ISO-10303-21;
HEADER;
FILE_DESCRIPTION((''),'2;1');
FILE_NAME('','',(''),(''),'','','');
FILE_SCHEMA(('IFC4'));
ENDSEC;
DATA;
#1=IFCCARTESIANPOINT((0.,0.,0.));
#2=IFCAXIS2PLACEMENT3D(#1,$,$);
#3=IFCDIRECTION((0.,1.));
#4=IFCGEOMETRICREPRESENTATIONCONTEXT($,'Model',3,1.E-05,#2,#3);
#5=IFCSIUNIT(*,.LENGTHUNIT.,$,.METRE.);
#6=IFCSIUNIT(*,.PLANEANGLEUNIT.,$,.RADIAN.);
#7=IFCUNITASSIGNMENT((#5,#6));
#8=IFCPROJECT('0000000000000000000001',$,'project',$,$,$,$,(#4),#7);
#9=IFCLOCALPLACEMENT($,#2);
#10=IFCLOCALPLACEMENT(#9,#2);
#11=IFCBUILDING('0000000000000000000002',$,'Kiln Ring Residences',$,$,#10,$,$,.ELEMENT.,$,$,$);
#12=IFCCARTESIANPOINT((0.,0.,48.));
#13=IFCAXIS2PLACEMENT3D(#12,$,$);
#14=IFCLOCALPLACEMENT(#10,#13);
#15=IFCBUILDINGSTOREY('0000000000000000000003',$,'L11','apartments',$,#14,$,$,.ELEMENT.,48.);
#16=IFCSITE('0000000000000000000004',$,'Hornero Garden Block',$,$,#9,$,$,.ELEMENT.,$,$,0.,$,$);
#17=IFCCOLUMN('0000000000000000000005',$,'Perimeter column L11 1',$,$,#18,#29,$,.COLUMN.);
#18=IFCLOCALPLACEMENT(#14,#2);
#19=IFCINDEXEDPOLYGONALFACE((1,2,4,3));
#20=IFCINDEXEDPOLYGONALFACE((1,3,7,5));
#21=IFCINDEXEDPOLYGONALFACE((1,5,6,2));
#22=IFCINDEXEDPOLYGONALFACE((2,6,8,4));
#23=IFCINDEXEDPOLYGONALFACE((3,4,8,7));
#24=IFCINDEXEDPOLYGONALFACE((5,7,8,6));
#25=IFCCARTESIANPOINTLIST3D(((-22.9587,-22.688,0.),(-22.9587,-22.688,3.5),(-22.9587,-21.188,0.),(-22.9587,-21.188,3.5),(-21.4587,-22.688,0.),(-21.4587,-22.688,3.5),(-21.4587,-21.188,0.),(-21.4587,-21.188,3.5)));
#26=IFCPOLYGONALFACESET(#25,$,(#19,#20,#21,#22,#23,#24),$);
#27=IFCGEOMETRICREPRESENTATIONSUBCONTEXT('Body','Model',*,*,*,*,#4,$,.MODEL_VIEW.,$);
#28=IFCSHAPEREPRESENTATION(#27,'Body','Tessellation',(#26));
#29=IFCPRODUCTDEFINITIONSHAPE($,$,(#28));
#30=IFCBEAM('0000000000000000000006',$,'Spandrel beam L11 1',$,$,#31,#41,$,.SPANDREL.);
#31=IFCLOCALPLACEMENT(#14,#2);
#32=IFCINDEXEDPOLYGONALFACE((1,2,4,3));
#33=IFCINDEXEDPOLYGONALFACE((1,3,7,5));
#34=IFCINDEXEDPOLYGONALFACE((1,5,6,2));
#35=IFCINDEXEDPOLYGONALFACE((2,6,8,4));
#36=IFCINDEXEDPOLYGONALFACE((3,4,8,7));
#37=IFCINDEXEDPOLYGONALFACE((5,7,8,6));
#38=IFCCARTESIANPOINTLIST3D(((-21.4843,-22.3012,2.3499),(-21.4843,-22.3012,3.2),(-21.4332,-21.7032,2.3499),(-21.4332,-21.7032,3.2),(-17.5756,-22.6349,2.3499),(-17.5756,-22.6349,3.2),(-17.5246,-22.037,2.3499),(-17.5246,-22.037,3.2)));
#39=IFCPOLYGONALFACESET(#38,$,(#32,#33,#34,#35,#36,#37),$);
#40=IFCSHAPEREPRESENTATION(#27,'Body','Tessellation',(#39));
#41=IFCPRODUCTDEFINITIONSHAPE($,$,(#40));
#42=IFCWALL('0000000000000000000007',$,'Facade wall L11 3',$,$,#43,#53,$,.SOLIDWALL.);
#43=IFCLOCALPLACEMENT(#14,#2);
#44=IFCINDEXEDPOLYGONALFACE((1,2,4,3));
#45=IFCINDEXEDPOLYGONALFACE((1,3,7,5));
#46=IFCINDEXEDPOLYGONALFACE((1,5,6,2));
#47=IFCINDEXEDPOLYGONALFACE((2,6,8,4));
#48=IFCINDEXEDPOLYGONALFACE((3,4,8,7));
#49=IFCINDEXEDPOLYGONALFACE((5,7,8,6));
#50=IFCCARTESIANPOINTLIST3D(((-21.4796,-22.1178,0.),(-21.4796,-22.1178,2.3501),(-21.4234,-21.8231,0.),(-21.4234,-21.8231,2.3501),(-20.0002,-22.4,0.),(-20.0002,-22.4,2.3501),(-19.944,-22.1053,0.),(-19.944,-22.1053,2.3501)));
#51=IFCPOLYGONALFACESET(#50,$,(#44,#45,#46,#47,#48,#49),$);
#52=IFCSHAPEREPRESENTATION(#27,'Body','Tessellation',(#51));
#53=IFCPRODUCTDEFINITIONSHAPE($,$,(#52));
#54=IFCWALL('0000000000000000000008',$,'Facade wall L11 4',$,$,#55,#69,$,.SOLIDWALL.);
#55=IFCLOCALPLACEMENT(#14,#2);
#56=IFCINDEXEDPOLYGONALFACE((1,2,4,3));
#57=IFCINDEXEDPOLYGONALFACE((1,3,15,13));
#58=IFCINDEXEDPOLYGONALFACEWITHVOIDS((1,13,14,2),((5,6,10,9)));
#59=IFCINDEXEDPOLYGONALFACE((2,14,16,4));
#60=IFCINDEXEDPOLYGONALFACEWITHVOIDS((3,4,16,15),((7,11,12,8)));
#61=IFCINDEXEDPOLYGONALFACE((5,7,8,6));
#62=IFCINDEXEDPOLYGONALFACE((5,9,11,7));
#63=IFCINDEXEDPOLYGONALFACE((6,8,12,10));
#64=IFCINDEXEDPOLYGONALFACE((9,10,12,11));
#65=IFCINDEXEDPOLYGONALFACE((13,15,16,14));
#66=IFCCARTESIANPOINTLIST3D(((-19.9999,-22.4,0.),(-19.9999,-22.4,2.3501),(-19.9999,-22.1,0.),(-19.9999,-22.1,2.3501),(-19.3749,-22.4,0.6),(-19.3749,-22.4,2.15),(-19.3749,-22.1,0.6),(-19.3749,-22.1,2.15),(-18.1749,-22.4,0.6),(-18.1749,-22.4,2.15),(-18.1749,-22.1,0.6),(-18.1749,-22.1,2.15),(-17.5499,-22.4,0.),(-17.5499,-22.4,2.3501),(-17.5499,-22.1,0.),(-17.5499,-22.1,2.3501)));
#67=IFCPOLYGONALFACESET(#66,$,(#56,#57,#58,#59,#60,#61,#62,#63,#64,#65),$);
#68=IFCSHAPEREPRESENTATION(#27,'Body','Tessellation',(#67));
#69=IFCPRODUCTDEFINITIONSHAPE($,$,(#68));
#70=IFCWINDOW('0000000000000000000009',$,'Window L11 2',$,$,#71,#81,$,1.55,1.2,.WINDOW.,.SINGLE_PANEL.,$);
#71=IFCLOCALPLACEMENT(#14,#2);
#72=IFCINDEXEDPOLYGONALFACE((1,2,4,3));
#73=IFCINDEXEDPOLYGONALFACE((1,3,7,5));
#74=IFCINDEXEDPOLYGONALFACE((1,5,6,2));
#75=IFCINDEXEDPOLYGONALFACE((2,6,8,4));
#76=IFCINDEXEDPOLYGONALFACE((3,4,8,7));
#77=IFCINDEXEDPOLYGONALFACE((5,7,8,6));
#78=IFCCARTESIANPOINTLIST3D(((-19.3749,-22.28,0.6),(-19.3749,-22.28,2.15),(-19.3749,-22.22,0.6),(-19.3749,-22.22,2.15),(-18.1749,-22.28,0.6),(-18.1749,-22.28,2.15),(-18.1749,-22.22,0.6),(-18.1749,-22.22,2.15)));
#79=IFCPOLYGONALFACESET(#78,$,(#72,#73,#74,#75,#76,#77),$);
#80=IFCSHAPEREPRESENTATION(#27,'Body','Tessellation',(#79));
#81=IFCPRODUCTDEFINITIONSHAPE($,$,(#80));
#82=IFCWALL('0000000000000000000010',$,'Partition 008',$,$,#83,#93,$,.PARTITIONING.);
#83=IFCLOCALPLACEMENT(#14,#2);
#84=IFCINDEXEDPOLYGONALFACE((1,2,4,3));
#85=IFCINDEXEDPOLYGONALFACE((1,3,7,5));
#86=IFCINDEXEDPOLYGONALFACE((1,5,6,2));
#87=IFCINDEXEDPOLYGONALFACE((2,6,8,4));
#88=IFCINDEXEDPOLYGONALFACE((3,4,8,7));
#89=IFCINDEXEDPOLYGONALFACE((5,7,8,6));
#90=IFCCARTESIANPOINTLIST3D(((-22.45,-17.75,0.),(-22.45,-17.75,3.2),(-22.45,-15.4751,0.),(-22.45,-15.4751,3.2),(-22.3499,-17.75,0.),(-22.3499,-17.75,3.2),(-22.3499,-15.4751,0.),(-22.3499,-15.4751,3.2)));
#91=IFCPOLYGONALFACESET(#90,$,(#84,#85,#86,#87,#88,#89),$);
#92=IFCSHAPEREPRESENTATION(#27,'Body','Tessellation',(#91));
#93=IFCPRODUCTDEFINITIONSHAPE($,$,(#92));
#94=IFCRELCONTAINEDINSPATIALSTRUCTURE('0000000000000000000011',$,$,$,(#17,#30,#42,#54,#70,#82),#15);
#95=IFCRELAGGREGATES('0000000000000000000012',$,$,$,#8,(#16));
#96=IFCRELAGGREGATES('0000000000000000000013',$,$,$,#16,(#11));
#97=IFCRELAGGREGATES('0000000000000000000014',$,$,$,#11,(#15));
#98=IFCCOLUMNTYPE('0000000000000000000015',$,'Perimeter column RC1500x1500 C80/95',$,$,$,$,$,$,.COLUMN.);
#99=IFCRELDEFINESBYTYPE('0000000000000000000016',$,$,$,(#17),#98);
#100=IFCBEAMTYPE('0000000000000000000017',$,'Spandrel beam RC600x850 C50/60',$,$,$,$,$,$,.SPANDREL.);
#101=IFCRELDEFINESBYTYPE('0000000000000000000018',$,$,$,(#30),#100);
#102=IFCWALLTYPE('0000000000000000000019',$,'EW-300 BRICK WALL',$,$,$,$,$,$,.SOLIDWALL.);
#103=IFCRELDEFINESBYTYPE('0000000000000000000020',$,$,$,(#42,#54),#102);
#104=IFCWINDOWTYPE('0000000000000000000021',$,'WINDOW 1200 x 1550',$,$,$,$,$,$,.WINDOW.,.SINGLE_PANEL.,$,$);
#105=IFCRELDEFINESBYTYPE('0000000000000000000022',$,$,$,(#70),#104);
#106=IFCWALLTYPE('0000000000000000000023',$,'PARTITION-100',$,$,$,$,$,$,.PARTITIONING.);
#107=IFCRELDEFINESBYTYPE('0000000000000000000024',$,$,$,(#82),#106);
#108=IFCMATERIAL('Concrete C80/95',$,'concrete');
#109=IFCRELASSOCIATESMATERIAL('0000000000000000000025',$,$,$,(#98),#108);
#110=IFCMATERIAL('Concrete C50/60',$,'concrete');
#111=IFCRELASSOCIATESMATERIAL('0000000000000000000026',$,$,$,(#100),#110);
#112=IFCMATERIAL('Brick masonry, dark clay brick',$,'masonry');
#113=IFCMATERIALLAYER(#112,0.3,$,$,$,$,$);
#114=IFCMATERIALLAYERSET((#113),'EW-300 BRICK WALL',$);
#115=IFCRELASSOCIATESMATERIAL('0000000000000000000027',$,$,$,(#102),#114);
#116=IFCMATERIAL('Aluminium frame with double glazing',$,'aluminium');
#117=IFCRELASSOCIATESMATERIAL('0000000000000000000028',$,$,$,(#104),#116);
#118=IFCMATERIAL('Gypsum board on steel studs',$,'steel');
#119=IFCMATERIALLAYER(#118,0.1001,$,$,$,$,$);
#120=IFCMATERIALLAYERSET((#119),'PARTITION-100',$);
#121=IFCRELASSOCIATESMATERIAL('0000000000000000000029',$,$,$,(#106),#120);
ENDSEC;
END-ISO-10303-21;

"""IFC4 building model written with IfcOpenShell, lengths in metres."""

from ifc_helpers import new_model, si_unit, direction, frame, frame_2d, origin, origin_2d, place, context, subcontext, project, spatial, rectangle, extrude, material, layer, layer_set, material_profile, profile_set, type_object, element, fill, save


model = new_model("IFC4")

# Units and contexts
model_context = context("Model", 3, precision=1e-05, world=origin(), true_north=direction((0.0, 1.0)))
body_context = subcontext(model_context, "Body", "Model", "MODEL_VIEW")
ifc_project = project(units=[si_unit("LENGTHUNIT", "METRE"), si_unit("PLANEANGLEUNIT", "RADIAN")], contexts=[model_context])

# Site, building, storey
site_placement = place(None, origin())
site = spatial("IfcSite", under=ifc_project, at=site_placement, Name="Hornero Garden Block", CompositionType="ELEMENT", RefElevation=0.0)
building_placement = place(site_placement, origin())
building = spatial("IfcBuilding", under=site, at=building_placement, Name="Kiln Ring Residences", CompositionType="ELEMENT")
storey_placement = place(building_placement, frame((0.0, 0.0, 48.0)))
storey = spatial("IfcBuildingStorey", under=building, at=storey_placement, Name="L11", Description="apartments", CompositionType="ELEMENT", Elevation=48.0)

# Column
ifc_material_1 = material(Name="Concrete C80/95", Category="concrete")
ifc_material_profile_1 = material_profile(ifc_material_1, rectangle(XDim=1.5, YDim=1.5, at=origin_2d()), Name="RC1500x1500")
ifc_profile_set_1 = profile_set([ifc_material_profile_1], Name="Concrete C80/95")
column_type = type_object("IfcColumnType", Name="Perimeter column RC1500x1500 C80/95", PredefinedType="COLUMN", material=ifc_profile_set_1)
column_placement = place(storey_placement, frame((-22.2087, -21.938, 0.0), z_axis=(0.0, 0.0, 1.0), x_axis=(1.0, 0.0, 0.0)))
element("IfcColumn", 1, at=column_placement, inside=storey, type_object=column_type, Name="Perimeter column L11 1", PredefinedType="COLUMN", context=body_context, shape_type="SweptSolid", body=[
    extrude(rectangle(XDim=1.5, YDim=1.5, at=origin_2d()), origin(), (0.0, 0.0, 1.0), 3.5),
])

# Beam
ifc_material_2 = material(Name="Concrete C50/60", Category="concrete")
ifc_material_profile_2 = material_profile(ifc_material_2, rectangle(XDim=0.6001, YDim=0.8501, at=origin_2d()), Name="RC600x850")
ifc_profile_set_2 = profile_set([ifc_material_profile_2], Name="Concrete C50/60")
beam_type = type_object("IfcBeamType", Name="Spandrel beam RC600x850 C50/60", PredefinedType="SPANDREL", material=ifc_profile_set_2)
beam_placement = place(storey_placement, frame((-21.4587, -22.0022, 2.7749), z_axis=(0.996375, -0.085075, 0.0), x_axis=(0.085075, 0.996375, 0.0)))
element("IfcBeam", 2, at=beam_placement, inside=storey, type_object=beam_type, Name="Spandrel beam L11 1", PredefinedType="SPANDREL", context=body_context, shape_type="SweptSolid", body=[
    extrude(rectangle(XDim=0.6001, YDim=0.8501, at=origin_2d()), origin(), (0.0, 0.0, 1.0), 3.9229),
])

# Wall
ifc_material_3 = material(Name="Brick masonry, dark clay brick", Category="masonry")
ifc_layer_1 = layer(ifc_material_3, 0.3)
ifc_layer_set_1 = layer_set([ifc_layer_1], Name="EW-300 BRICK WALL")
wall_type_1 = type_object("IfcWallType", Name="EW-300 BRICK WALL", PredefinedType="SOLIDWALL", material=ifc_layer_set_1)
wall_1_placement = place(storey_placement, frame((-21.4514, -21.9705, 0.0), z_axis=(0.0, 0.0, 1.0), x_axis=(0.982287, -0.18738, 0.0)))
element("IfcWall", 3, at=wall_1_placement, inside=storey, type_object=wall_type_1, Name="Facade wall L11 3", PredefinedType="SOLIDWALL", context=body_context, shape_type="SweptSolid", body=[
    extrude(rectangle(XDim=1.5061, YDim=0.3, at=frame_2d((0.7529, 0.0))), origin(), (0.0, 0.0, 1.0), 2.3501),
])

# Wall, opening, window
wall_2_placement = place(storey_placement, frame((-20.0, -22.25, 0.0), z_axis=(0.0, 0.0, 1.0), x_axis=(1.0, 0.0, 0.0)))
wall_2 = element("IfcWall", 4, at=wall_2_placement, inside=storey, type_object=wall_type_1, Name="Facade wall L11 4", PredefinedType="SOLIDWALL", context=body_context, shape_type="SweptSolid", body=[
    extrude(rectangle(XDim=2.45, YDim=0.3, at=frame_2d((1.2251, 0.0))), origin(), (0.0, 0.0, 1.0), 2.3501),
])
opening_placement = place(wall_2_placement, frame((0.625, 0.0, 0.6001)))
opening = element("IfcOpeningElement", 5, at=opening_placement, cuts=wall_2, PredefinedType="OPENING", context=body_context, shape_type="SweptSolid", body=[
    extrude(rectangle(XDim=1.2, YDim=1.55, at=frame_2d((0.6001, 0.7749))), frame((0.0, 0.1599, 0.0), z_axis=(0.0, -1.0, 0.0), x_axis=(1.0, 0.0, 0.0)), (0.0, 0.0, 1.0), 0.3201),
])
ifc_material_4 = material(Name="Aluminium frame with double glazing", Category="aluminium")
window_type = type_object("IfcWindowType", Name="WINDOW 1200 x 1550", PartitioningType="SINGLE_PANEL", PredefinedType="WINDOW", material=ifc_material_4)
window_placement = place(opening_placement, origin())
window = element("IfcWindow", 6, at=window_placement, inside=storey, type_object=window_type, Name="Window L11 2", OverallHeight=1.55, OverallWidth=1.2, PartitioningType="SINGLE_PANEL", PredefinedType="WINDOW", context=body_context, shape_type="SweptSolid", body=[
    extrude(rectangle(XDim=1.2, YDim=1.55, at=frame_2d((0.6001, 0.7749))), frame((0.0, 0.03, 0.0), z_axis=(0.0, -1.0, 0.0), x_axis=(1.0, 0.0, 0.0)), (0.0, 0.0, 1.0), 0.0601),
])
fill(opening, window)

# Wall
ifc_material_5 = material(Name="Gypsum board on steel studs", Category="steel")
ifc_layer_2 = layer(ifc_material_5, 0.1001)
ifc_layer_set_2 = layer_set([ifc_layer_2], Name="PARTITION-100")
wall_type_2 = type_object("IfcWallType", Name="PARTITION-100", PredefinedType="PARTITIONING", material=ifc_layer_set_2)
wall_3_placement = place(storey_placement, frame((-22.3999, -17.75, 0.0), z_axis=(0.0, 0.0, 1.0), x_axis=(0.0, 1.0, 0.0)))
element("IfcWall", 7, at=wall_3_placement, inside=storey, type_object=wall_type_2, Name="Partition 008", PredefinedType="PARTITIONING", context=body_context, shape_type="SweptSolid", body=[
    extrude(rectangle(XDim=2.2749, YDim=0.1001, at=frame_2d((1.1375, 0.0))), origin(), (0.0, 0.0, 1.0), 3.2),
])

save(model, "model.ifc")
